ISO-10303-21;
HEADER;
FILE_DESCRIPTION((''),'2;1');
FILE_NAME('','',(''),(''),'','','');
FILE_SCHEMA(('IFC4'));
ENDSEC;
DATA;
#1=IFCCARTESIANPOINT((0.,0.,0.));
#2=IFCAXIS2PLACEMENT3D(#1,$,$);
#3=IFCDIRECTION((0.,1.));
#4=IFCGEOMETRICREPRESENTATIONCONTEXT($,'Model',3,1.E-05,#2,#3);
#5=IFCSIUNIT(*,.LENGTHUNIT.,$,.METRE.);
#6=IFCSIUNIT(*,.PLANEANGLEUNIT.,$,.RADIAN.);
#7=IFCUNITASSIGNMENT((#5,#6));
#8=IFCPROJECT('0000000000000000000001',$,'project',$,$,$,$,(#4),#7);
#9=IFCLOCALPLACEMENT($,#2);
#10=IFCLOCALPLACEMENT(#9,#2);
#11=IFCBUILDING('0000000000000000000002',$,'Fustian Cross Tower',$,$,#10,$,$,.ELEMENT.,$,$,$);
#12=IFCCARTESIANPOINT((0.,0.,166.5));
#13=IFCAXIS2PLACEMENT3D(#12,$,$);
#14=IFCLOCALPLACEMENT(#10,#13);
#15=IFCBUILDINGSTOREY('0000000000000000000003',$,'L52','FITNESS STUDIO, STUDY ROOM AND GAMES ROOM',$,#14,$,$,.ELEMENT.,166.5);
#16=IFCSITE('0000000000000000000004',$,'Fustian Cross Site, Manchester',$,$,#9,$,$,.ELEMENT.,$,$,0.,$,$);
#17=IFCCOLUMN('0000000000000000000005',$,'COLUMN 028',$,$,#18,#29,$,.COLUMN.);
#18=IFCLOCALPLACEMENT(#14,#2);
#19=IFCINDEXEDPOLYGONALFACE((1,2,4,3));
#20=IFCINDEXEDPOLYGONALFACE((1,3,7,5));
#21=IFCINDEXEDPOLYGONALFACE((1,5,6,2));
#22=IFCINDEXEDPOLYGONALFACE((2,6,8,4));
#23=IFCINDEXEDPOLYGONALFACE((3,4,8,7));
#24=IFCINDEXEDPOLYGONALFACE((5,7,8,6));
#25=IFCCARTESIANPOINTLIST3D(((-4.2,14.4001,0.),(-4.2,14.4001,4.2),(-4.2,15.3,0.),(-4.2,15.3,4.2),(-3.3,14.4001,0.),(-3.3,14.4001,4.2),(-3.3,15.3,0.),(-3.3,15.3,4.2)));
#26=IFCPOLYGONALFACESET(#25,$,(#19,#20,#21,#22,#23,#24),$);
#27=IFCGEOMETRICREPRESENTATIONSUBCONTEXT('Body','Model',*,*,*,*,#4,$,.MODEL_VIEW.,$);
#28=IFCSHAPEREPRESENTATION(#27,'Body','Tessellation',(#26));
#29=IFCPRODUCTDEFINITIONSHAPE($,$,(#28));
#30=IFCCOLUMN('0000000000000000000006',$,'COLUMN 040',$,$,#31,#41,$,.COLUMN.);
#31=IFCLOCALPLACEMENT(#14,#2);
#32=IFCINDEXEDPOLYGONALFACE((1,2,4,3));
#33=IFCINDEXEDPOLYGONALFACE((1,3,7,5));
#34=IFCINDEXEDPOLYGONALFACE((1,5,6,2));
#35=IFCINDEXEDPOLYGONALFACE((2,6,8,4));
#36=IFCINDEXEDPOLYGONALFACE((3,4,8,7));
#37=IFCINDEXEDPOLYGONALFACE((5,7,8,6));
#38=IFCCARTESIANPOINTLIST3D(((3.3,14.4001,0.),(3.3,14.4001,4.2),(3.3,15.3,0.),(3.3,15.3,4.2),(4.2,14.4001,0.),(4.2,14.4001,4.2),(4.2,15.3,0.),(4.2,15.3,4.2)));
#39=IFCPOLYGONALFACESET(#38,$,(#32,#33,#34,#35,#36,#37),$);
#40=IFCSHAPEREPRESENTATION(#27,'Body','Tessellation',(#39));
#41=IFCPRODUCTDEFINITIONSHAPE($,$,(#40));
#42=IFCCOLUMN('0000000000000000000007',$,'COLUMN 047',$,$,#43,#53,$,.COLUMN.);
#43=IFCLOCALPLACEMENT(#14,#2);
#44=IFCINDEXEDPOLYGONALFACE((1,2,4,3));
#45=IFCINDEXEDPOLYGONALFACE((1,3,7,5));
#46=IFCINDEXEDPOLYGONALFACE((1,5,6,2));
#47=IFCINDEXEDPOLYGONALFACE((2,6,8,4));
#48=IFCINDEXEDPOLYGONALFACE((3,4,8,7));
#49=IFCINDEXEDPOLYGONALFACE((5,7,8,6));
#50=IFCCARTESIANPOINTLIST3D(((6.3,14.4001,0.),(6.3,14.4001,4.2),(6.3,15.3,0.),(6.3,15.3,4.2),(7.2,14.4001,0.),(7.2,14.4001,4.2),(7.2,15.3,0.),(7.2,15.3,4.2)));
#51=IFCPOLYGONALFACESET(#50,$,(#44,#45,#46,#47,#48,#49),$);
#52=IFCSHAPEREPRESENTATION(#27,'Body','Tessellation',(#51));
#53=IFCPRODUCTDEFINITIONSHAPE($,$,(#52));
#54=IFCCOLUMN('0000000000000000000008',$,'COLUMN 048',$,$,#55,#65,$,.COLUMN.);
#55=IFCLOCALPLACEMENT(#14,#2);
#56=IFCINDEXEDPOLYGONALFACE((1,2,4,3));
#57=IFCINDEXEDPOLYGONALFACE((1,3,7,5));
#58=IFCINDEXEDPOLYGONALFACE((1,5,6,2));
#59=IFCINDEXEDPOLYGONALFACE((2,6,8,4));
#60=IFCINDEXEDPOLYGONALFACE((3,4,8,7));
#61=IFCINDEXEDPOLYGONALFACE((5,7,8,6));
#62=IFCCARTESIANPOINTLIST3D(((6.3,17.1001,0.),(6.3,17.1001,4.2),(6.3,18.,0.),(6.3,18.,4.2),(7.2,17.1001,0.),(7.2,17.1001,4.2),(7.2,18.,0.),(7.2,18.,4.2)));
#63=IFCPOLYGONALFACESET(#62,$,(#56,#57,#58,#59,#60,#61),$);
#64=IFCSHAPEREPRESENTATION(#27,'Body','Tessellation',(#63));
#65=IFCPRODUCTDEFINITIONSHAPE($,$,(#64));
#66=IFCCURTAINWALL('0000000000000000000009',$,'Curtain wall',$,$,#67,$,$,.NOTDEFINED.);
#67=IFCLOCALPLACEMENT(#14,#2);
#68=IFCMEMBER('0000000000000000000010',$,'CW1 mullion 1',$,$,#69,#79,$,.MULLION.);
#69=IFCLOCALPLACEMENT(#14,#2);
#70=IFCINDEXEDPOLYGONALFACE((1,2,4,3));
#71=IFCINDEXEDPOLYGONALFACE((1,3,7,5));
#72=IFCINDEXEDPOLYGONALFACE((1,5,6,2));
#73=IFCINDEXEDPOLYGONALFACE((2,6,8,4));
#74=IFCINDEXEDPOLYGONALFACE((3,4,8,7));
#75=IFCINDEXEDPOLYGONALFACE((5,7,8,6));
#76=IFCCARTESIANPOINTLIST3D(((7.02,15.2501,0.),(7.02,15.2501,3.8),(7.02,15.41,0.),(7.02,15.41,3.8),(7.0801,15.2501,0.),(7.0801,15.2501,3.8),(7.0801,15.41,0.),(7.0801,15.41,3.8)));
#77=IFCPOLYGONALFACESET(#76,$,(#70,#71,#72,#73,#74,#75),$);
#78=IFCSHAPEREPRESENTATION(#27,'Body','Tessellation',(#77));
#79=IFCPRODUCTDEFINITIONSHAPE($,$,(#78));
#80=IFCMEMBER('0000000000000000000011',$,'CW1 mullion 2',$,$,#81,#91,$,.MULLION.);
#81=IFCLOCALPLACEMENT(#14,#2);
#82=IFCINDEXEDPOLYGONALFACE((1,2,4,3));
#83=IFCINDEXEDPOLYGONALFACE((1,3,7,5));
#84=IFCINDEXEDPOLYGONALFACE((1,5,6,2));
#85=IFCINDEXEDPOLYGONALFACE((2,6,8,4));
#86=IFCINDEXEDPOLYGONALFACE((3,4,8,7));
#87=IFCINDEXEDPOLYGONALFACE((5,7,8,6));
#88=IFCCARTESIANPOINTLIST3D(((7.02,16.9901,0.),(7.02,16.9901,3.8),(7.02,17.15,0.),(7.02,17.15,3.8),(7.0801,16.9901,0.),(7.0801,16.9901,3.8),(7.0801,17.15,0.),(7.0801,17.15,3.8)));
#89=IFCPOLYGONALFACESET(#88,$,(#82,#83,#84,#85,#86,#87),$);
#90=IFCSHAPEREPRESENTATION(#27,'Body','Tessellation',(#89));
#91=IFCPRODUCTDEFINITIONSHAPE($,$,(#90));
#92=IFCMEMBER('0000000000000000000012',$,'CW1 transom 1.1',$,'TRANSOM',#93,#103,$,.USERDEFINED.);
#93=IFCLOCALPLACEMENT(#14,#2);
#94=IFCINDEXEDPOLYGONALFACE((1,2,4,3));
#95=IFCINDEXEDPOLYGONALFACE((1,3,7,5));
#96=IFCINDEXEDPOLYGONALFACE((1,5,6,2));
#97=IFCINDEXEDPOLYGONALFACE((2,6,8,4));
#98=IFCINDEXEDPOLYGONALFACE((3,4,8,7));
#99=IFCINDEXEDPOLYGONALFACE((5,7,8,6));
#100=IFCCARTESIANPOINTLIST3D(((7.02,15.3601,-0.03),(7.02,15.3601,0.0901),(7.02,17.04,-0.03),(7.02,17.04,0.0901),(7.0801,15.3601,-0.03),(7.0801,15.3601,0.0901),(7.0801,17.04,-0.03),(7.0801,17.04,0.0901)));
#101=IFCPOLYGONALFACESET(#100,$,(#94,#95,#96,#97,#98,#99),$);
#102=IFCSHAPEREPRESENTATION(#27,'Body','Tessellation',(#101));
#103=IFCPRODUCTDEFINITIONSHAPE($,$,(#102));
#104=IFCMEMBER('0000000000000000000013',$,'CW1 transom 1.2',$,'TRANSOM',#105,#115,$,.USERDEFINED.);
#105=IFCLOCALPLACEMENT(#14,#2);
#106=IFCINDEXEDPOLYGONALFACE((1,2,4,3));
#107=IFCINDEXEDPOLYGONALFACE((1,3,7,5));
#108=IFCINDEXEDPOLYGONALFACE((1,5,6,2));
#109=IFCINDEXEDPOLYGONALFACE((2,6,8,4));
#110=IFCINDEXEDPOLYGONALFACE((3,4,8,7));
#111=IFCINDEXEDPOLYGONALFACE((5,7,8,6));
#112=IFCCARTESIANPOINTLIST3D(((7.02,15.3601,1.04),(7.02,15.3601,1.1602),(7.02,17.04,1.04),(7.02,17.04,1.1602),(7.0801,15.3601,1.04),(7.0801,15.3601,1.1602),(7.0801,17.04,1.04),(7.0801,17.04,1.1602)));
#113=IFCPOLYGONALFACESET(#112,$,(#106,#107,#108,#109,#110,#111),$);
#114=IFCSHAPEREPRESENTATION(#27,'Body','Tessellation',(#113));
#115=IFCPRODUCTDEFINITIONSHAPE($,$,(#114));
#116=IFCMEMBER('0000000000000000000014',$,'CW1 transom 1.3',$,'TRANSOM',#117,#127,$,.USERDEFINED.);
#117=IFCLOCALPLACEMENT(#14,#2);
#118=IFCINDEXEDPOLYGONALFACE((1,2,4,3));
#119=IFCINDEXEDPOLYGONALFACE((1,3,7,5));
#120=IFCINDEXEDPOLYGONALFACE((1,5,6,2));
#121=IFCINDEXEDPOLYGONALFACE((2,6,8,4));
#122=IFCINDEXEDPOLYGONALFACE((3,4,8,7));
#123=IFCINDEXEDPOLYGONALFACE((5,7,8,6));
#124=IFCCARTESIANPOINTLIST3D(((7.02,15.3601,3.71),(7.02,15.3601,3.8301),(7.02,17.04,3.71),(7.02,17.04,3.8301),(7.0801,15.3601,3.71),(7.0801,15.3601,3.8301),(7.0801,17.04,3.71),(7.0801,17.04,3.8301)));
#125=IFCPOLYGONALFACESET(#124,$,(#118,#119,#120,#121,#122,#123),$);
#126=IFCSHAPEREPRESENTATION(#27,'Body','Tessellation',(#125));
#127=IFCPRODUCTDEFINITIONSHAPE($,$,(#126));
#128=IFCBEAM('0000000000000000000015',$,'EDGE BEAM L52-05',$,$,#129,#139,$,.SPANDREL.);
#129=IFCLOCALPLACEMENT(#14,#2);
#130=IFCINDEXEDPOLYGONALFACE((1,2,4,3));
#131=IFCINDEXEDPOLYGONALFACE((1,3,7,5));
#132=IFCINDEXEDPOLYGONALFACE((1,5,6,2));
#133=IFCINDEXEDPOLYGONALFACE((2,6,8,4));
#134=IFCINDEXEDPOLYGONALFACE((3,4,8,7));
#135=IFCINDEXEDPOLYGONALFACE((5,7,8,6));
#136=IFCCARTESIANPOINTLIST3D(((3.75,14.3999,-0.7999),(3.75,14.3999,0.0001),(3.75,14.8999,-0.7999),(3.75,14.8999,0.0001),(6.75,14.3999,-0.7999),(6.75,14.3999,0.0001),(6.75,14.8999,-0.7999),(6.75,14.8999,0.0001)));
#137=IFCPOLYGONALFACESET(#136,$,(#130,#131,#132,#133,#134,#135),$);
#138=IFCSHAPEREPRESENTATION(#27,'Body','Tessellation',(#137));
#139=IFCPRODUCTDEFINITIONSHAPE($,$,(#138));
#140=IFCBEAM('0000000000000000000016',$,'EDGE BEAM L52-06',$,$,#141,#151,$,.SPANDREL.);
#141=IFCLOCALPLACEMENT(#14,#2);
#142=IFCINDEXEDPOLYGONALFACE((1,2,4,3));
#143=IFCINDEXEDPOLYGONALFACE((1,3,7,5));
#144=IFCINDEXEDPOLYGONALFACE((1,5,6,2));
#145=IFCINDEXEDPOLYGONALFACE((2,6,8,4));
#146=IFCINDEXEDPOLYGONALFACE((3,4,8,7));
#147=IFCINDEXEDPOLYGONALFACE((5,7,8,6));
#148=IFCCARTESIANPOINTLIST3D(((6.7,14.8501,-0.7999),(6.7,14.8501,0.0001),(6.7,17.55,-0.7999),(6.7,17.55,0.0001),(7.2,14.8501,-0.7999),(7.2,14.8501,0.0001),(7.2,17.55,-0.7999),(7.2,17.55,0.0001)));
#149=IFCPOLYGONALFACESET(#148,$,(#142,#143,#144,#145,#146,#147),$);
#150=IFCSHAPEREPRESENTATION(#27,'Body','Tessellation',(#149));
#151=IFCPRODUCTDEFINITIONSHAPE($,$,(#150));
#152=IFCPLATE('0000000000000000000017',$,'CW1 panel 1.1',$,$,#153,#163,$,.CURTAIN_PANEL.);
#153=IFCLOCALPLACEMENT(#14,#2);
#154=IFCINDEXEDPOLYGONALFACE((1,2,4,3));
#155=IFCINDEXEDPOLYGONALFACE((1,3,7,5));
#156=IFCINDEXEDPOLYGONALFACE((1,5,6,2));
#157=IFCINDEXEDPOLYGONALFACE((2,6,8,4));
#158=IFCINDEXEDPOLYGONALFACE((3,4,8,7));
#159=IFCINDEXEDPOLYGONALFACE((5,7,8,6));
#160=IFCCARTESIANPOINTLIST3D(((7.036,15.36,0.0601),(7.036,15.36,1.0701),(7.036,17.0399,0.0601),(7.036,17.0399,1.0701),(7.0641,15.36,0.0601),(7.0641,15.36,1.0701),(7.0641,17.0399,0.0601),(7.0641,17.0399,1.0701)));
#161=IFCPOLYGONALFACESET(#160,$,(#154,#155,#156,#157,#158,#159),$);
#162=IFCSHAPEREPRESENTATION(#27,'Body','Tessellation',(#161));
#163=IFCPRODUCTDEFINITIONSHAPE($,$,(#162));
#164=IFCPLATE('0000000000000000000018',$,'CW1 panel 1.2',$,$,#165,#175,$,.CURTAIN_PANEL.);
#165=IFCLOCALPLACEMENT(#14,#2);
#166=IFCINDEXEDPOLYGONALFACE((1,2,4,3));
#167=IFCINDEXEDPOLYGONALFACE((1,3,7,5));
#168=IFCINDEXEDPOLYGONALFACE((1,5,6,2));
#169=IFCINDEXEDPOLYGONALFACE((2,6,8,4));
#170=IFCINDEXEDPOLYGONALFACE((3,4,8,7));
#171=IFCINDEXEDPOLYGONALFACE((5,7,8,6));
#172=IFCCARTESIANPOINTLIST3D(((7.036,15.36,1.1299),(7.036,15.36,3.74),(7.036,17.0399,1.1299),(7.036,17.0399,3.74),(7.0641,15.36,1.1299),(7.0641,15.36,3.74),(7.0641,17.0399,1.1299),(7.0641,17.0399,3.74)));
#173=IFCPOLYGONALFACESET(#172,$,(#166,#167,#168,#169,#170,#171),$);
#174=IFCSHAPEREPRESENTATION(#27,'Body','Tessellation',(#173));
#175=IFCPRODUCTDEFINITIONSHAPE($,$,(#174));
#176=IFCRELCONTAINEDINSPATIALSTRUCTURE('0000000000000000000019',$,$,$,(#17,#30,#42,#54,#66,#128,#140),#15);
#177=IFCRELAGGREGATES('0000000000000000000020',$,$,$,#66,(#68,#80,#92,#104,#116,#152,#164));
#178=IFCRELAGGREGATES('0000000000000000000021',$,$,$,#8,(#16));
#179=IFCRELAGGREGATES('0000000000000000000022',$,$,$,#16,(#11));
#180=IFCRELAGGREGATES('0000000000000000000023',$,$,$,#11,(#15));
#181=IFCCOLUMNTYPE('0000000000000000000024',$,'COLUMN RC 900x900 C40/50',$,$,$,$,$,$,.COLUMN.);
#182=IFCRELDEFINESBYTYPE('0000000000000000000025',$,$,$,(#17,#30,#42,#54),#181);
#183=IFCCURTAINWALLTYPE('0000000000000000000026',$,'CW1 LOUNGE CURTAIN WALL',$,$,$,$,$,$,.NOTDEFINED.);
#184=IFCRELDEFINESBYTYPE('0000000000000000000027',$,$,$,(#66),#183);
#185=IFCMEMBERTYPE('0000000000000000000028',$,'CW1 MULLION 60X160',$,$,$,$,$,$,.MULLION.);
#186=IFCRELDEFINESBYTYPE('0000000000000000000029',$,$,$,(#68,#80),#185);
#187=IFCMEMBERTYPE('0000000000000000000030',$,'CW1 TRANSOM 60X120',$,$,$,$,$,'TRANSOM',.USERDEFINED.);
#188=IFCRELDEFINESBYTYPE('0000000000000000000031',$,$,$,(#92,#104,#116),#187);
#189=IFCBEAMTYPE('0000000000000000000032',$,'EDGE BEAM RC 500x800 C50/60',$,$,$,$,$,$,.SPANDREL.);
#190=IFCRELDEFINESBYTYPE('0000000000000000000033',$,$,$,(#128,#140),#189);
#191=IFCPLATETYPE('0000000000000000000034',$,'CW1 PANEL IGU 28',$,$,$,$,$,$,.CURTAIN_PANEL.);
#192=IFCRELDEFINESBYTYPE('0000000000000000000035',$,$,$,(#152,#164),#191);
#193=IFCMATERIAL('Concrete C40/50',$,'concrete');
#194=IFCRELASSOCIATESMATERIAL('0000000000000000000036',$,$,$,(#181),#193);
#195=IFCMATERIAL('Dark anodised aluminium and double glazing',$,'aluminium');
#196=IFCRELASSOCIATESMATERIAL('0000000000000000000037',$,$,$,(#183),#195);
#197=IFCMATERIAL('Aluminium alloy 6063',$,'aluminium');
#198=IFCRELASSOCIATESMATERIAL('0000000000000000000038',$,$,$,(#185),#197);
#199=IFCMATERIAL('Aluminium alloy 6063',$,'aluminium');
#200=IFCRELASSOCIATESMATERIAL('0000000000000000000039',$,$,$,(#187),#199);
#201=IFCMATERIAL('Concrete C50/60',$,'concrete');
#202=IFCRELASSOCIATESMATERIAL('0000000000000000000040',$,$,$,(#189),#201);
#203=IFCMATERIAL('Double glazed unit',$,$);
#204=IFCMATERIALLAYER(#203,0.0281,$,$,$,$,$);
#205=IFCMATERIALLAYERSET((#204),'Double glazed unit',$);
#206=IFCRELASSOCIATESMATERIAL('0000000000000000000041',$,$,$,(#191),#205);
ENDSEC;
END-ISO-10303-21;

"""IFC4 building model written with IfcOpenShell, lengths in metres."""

from ifc_helpers import new_model, si_unit, direction, frame, origin, origin_2d, place, context, subcontext, project, spatial, rectangle, extrude, material, layer, layer_set, material_profile, profile_set, type_object, element, aggregate, save


model = new_model("IFC4")

# Units and contexts
model_context = context("Model", 3, precision=1e-05, world=origin(), true_north=direction((0.0, 1.0)))
body_context = subcontext(model_context, "Body", "Model", "MODEL_VIEW")
ifc_project = project(units=[si_unit("LENGTHUNIT", "METRE"), si_unit("PLANEANGLEUNIT", "RADIAN")], contexts=[model_context])

# Site, building, storey
site_placement = place(None, origin())
site = spatial("IfcSite", under=ifc_project, at=site_placement, Name="Fustian Cross Site, Manchester", CompositionType="ELEMENT", RefElevation=0.0)
building_placement = place(site_placement, origin())
building = spatial("IfcBuilding", under=site, at=building_placement, Name="Fustian Cross Tower", CompositionType="ELEMENT")
storey_placement = place(building_placement, frame((0.0, 0.0, 166.5)))
storey = spatial("IfcBuildingStorey", under=building, at=storey_placement, Name="L52", Description="FITNESS STUDIO, STUDY ROOM AND GAMES ROOM", CompositionType="ELEMENT", Elevation=166.5)

# Columns
ifc_material_1 = material(Name="Concrete C40/50", Category="concrete")
ifc_material_profile_1 = material_profile(ifc_material_1, rectangle(XDim=0.8999, YDim=0.8999, at=origin_2d()), Name="RC 900x900")
ifc_profile_set_1 = profile_set([ifc_material_profile_1], Name="Concrete C40/50")
column_type = type_object("IfcColumnType", Name="COLUMN RC 900x900 C40/50", PredefinedType="COLUMN", material=ifc_profile_set_1)
for number, where, z_axis, x_axis, name in (
    (1, (-3.75, 14.8501, 0.0), (0.0, 0.0, 1.0), (1.0, 0.0, 0.0), "COLUMN 028"),
    (2, (3.75, 14.8501, 0.0), (0.0, 0.0, 1.0), (1.0, 0.0, 0.0), "COLUMN 040"),
    (3, (6.75, 14.8501, 0.0), (0.0, 0.0, 1.0), (1.0, 0.0, 0.0), "COLUMN 047"),
    (4, (6.75, 17.55, 0.0), (0.0, 0.0, 1.0), (1.0, 0.0, 0.0), "COLUMN 048"),
):
    element("IfcColumn", number, at=place(storey_placement, frame(where, z_axis=z_axis, x_axis=x_axis)), inside=storey, type_object=column_type, Name=name, PredefinedType="COLUMN", context=body_context, shape_type="SweptSolid", body=[
        extrude(rectangle(XDim=0.8999, YDim=0.8999, at=origin_2d()), origin(), (0.0, 0.0, 1.0), 4.2),
    ])

# Curtain wall, members
ifc_material_2 = material(Name="Dark anodised aluminium and double glazing", Category="aluminium")
curtain_wall_type = type_object("IfcCurtainWallType", Name="CW1 LOUNGE CURTAIN WALL", PredefinedType="NOTDEFINED", material=ifc_material_2)
curtain_wall_placement = place(storey_placement, origin())
curtain_wall = element("IfcCurtainWall", 5, at=curtain_wall_placement, inside=storey, type_object=curtain_wall_type, Name="Curtain wall", PredefinedType="NOTDEFINED")
ifc_material_3 = material(Name="Aluminium alloy 6063", Category="aluminium")
ifc_material_profile_2 = material_profile(ifc_material_3, rectangle(XDim=0.0601, YDim=0.1599, at=origin_2d()), Name="CW1 MULLION 60X160")
ifc_profile_set_2 = profile_set([ifc_material_profile_2], Name="Aluminium alloy 6063")
member_type_1 = type_object("IfcMemberType", Name="CW1 MULLION 60X160", PredefinedType="MULLION", material=ifc_profile_set_2)
member_1_placement = place(storey_placement, frame((7.05, 15.3301, 0.0), z_axis=(0.0, 0.0, 1.0), x_axis=(-1.0, 0.0, 0.0)))
member_1 = element("IfcMember", 6, at=member_1_placement, type_object=member_type_1, Name="CW1 mullion 1", PredefinedType="MULLION", context=body_context, shape_type="SweptSolid", body=[
    extrude(rectangle(XDim=0.0601, YDim=0.1599, at=origin_2d()), origin(), (0.0, 0.0, 1.0), 3.8),
])
member_2_placement = place(storey_placement, frame((7.05, 17.0701, 0.0), z_axis=(0.0, 0.0, 1.0), x_axis=(-1.0, 0.0, 0.0)))
member_2 = element("IfcMember", 7, at=member_2_placement, type_object=member_type_1, Name="CW1 mullion 2", PredefinedType="MULLION", context=body_context, shape_type="SweptSolid", body=[
    extrude(rectangle(XDim=0.0601, YDim=0.1599, at=origin_2d()), origin(), (0.0, 0.0, 1.0), 3.8),
])
ifc_material_4 = material(Name="Aluminium alloy 6063", Category="aluminium")
ifc_material_profile_3 = material_profile(ifc_material_4, rectangle(XDim=0.0601, YDim=0.1201, at=origin_2d()), Name="CW1 TRANSOM 60X120")
ifc_profile_set_3 = profile_set([ifc_material_profile_3], Name="Aluminium alloy 6063")
member_type_2 = type_object("IfcMemberType", Name="CW1 TRANSOM 60X120", ElementType="TRANSOM", PredefinedType="USERDEFINED", material=ifc_profile_set_3)
member_3_placement = place(storey_placement, frame((7.05, 15.3601, 0.03), z_axis=(0.0, 1.0, 0.0), x_axis=(-1.0, 0.0, 0.0)))
member_3 = element("IfcMember", 8, at=member_3_placement, type_object=member_type_2, Name="CW1 transom 1.1", ObjectType="TRANSOM", PredefinedType="USERDEFINED", context=body_context, shape_type="SweptSolid", body=[
    extrude(rectangle(XDim=0.0601, YDim=0.1201, at=origin_2d()), origin(), (0.0, 0.0, 1.0), 1.6799),
])
member_4_placement = place(storey_placement, frame((7.05, 15.3601, 1.1001), z_axis=(0.0, 1.0, 0.0), x_axis=(-1.0, 0.0, 0.0)))
member_4 = element("IfcMember", 9, at=member_4_placement, type_object=member_type_2, Name="CW1 transom 1.2", ObjectType="TRANSOM", PredefinedType="USERDEFINED", context=body_context, shape_type="SweptSolid", body=[
    extrude(rectangle(XDim=0.0601, YDim=0.1201, at=origin_2d()), origin(), (0.0, 0.0, 1.0), 1.6799),
])
member_5_placement = place(storey_placement, frame((7.05, 15.3601, 3.77), z_axis=(0.0, 1.0, 0.0), x_axis=(-1.0, 0.0, 0.0)))
member_5 = element("IfcMember", 10, at=member_5_placement, type_object=member_type_2, Name="CW1 transom 1.3", ObjectType="TRANSOM", PredefinedType="USERDEFINED", context=body_context, shape_type="SweptSolid", body=[
    extrude(rectangle(XDim=0.0601, YDim=0.1201, at=origin_2d()), origin(), (0.0, 0.0, 1.0), 1.6799),
])

# Beams
ifc_material_5 = material(Name="Concrete C50/60", Category="concrete")
ifc_material_profile_4 = material_profile(ifc_material_5, rectangle(XDim=0.5, YDim=0.8, at=origin_2d()), Name="RC 500x800")
ifc_profile_set_4 = profile_set([ifc_material_profile_4], Name="Concrete C50/60")
beam_type = type_object("IfcBeamType", Name="EDGE BEAM RC 500x800 C50/60", PredefinedType="SPANDREL", material=ifc_profile_set_4)
beam_1_placement = place(storey_placement, frame((3.75, 14.6499, -0.3999), z_axis=(1.0, 0.0, 0.0), x_axis=(0.0, 1.0, 0.0)))
element("IfcBeam", 11, at=beam_1_placement, inside=storey, type_object=beam_type, Name="EDGE BEAM L52-05", PredefinedType="SPANDREL", context=body_context, shape_type="SweptSolid", body=[
    extrude(rectangle(XDim=0.5, YDim=0.8, at=origin_2d()), origin(), (0.0, 0.0, 1.0), 3.0),
])
beam_2_placement = place(storey_placement, frame((6.95, 14.8501, -0.3999), z_axis=(0.0, 1.0, 0.0), x_axis=(-1.0, 0.0, 0.0)))
element("IfcBeam", 12, at=beam_2_placement, inside=storey, type_object=beam_type, Name="EDGE BEAM L52-06", PredefinedType="SPANDREL", context=body_context, shape_type="SweptSolid", body=[
    extrude(rectangle(XDim=0.5, YDim=0.8, at=origin_2d()), origin(), (0.0, 0.0, 1.0), 2.7),
])

# Plates
ifc_material_6 = material(Name="Double glazed unit")
ifc_layer_1 = layer(ifc_material_6, 0.0281)
ifc_layer_set_1 = layer_set([ifc_layer_1], Name="Double glazed unit")
plate_type = type_object("IfcPlateType", Name="CW1 PANEL IGU 28", PredefinedType="CURTAIN_PANEL", material=ifc_layer_set_1)
plate_1_placement = place(storey_placement, frame((7.05, 16.2, 0.0601), z_axis=(0.0, 0.0, 1.0), x_axis=(0.0, 1.0, 0.0)))
plate_1 = element("IfcPlate", 13, at=plate_1_placement, type_object=plate_type, Name="CW1 panel 1.1", PredefinedType="CURTAIN_PANEL", context=body_context, shape_type="SweptSolid", body=[
    extrude(rectangle(XDim=1.6799, YDim=0.0281, at=origin_2d()), origin(), (0.0, 0.0, 1.0), 1.01),
])
plate_2_placement = place(storey_placement, frame((7.05, 16.2, 1.1299), z_axis=(0.0, 0.0, 1.0), x_axis=(0.0, 1.0, 0.0)))
plate_2 = element("IfcPlate", 14, at=plate_2_placement, type_object=plate_type, Name="CW1 panel 1.2", PredefinedType="CURTAIN_PANEL", context=body_context, shape_type="SweptSolid", body=[
    extrude(rectangle(XDim=1.6799, YDim=0.0281, at=origin_2d()), origin(), (0.0, 0.0, 1.0), 2.6101),
])
aggregate(curtain_wall, [member_1, member_2, member_3, member_4, member_5, plate_1, plate_2])

save(model, "model.ifc")
